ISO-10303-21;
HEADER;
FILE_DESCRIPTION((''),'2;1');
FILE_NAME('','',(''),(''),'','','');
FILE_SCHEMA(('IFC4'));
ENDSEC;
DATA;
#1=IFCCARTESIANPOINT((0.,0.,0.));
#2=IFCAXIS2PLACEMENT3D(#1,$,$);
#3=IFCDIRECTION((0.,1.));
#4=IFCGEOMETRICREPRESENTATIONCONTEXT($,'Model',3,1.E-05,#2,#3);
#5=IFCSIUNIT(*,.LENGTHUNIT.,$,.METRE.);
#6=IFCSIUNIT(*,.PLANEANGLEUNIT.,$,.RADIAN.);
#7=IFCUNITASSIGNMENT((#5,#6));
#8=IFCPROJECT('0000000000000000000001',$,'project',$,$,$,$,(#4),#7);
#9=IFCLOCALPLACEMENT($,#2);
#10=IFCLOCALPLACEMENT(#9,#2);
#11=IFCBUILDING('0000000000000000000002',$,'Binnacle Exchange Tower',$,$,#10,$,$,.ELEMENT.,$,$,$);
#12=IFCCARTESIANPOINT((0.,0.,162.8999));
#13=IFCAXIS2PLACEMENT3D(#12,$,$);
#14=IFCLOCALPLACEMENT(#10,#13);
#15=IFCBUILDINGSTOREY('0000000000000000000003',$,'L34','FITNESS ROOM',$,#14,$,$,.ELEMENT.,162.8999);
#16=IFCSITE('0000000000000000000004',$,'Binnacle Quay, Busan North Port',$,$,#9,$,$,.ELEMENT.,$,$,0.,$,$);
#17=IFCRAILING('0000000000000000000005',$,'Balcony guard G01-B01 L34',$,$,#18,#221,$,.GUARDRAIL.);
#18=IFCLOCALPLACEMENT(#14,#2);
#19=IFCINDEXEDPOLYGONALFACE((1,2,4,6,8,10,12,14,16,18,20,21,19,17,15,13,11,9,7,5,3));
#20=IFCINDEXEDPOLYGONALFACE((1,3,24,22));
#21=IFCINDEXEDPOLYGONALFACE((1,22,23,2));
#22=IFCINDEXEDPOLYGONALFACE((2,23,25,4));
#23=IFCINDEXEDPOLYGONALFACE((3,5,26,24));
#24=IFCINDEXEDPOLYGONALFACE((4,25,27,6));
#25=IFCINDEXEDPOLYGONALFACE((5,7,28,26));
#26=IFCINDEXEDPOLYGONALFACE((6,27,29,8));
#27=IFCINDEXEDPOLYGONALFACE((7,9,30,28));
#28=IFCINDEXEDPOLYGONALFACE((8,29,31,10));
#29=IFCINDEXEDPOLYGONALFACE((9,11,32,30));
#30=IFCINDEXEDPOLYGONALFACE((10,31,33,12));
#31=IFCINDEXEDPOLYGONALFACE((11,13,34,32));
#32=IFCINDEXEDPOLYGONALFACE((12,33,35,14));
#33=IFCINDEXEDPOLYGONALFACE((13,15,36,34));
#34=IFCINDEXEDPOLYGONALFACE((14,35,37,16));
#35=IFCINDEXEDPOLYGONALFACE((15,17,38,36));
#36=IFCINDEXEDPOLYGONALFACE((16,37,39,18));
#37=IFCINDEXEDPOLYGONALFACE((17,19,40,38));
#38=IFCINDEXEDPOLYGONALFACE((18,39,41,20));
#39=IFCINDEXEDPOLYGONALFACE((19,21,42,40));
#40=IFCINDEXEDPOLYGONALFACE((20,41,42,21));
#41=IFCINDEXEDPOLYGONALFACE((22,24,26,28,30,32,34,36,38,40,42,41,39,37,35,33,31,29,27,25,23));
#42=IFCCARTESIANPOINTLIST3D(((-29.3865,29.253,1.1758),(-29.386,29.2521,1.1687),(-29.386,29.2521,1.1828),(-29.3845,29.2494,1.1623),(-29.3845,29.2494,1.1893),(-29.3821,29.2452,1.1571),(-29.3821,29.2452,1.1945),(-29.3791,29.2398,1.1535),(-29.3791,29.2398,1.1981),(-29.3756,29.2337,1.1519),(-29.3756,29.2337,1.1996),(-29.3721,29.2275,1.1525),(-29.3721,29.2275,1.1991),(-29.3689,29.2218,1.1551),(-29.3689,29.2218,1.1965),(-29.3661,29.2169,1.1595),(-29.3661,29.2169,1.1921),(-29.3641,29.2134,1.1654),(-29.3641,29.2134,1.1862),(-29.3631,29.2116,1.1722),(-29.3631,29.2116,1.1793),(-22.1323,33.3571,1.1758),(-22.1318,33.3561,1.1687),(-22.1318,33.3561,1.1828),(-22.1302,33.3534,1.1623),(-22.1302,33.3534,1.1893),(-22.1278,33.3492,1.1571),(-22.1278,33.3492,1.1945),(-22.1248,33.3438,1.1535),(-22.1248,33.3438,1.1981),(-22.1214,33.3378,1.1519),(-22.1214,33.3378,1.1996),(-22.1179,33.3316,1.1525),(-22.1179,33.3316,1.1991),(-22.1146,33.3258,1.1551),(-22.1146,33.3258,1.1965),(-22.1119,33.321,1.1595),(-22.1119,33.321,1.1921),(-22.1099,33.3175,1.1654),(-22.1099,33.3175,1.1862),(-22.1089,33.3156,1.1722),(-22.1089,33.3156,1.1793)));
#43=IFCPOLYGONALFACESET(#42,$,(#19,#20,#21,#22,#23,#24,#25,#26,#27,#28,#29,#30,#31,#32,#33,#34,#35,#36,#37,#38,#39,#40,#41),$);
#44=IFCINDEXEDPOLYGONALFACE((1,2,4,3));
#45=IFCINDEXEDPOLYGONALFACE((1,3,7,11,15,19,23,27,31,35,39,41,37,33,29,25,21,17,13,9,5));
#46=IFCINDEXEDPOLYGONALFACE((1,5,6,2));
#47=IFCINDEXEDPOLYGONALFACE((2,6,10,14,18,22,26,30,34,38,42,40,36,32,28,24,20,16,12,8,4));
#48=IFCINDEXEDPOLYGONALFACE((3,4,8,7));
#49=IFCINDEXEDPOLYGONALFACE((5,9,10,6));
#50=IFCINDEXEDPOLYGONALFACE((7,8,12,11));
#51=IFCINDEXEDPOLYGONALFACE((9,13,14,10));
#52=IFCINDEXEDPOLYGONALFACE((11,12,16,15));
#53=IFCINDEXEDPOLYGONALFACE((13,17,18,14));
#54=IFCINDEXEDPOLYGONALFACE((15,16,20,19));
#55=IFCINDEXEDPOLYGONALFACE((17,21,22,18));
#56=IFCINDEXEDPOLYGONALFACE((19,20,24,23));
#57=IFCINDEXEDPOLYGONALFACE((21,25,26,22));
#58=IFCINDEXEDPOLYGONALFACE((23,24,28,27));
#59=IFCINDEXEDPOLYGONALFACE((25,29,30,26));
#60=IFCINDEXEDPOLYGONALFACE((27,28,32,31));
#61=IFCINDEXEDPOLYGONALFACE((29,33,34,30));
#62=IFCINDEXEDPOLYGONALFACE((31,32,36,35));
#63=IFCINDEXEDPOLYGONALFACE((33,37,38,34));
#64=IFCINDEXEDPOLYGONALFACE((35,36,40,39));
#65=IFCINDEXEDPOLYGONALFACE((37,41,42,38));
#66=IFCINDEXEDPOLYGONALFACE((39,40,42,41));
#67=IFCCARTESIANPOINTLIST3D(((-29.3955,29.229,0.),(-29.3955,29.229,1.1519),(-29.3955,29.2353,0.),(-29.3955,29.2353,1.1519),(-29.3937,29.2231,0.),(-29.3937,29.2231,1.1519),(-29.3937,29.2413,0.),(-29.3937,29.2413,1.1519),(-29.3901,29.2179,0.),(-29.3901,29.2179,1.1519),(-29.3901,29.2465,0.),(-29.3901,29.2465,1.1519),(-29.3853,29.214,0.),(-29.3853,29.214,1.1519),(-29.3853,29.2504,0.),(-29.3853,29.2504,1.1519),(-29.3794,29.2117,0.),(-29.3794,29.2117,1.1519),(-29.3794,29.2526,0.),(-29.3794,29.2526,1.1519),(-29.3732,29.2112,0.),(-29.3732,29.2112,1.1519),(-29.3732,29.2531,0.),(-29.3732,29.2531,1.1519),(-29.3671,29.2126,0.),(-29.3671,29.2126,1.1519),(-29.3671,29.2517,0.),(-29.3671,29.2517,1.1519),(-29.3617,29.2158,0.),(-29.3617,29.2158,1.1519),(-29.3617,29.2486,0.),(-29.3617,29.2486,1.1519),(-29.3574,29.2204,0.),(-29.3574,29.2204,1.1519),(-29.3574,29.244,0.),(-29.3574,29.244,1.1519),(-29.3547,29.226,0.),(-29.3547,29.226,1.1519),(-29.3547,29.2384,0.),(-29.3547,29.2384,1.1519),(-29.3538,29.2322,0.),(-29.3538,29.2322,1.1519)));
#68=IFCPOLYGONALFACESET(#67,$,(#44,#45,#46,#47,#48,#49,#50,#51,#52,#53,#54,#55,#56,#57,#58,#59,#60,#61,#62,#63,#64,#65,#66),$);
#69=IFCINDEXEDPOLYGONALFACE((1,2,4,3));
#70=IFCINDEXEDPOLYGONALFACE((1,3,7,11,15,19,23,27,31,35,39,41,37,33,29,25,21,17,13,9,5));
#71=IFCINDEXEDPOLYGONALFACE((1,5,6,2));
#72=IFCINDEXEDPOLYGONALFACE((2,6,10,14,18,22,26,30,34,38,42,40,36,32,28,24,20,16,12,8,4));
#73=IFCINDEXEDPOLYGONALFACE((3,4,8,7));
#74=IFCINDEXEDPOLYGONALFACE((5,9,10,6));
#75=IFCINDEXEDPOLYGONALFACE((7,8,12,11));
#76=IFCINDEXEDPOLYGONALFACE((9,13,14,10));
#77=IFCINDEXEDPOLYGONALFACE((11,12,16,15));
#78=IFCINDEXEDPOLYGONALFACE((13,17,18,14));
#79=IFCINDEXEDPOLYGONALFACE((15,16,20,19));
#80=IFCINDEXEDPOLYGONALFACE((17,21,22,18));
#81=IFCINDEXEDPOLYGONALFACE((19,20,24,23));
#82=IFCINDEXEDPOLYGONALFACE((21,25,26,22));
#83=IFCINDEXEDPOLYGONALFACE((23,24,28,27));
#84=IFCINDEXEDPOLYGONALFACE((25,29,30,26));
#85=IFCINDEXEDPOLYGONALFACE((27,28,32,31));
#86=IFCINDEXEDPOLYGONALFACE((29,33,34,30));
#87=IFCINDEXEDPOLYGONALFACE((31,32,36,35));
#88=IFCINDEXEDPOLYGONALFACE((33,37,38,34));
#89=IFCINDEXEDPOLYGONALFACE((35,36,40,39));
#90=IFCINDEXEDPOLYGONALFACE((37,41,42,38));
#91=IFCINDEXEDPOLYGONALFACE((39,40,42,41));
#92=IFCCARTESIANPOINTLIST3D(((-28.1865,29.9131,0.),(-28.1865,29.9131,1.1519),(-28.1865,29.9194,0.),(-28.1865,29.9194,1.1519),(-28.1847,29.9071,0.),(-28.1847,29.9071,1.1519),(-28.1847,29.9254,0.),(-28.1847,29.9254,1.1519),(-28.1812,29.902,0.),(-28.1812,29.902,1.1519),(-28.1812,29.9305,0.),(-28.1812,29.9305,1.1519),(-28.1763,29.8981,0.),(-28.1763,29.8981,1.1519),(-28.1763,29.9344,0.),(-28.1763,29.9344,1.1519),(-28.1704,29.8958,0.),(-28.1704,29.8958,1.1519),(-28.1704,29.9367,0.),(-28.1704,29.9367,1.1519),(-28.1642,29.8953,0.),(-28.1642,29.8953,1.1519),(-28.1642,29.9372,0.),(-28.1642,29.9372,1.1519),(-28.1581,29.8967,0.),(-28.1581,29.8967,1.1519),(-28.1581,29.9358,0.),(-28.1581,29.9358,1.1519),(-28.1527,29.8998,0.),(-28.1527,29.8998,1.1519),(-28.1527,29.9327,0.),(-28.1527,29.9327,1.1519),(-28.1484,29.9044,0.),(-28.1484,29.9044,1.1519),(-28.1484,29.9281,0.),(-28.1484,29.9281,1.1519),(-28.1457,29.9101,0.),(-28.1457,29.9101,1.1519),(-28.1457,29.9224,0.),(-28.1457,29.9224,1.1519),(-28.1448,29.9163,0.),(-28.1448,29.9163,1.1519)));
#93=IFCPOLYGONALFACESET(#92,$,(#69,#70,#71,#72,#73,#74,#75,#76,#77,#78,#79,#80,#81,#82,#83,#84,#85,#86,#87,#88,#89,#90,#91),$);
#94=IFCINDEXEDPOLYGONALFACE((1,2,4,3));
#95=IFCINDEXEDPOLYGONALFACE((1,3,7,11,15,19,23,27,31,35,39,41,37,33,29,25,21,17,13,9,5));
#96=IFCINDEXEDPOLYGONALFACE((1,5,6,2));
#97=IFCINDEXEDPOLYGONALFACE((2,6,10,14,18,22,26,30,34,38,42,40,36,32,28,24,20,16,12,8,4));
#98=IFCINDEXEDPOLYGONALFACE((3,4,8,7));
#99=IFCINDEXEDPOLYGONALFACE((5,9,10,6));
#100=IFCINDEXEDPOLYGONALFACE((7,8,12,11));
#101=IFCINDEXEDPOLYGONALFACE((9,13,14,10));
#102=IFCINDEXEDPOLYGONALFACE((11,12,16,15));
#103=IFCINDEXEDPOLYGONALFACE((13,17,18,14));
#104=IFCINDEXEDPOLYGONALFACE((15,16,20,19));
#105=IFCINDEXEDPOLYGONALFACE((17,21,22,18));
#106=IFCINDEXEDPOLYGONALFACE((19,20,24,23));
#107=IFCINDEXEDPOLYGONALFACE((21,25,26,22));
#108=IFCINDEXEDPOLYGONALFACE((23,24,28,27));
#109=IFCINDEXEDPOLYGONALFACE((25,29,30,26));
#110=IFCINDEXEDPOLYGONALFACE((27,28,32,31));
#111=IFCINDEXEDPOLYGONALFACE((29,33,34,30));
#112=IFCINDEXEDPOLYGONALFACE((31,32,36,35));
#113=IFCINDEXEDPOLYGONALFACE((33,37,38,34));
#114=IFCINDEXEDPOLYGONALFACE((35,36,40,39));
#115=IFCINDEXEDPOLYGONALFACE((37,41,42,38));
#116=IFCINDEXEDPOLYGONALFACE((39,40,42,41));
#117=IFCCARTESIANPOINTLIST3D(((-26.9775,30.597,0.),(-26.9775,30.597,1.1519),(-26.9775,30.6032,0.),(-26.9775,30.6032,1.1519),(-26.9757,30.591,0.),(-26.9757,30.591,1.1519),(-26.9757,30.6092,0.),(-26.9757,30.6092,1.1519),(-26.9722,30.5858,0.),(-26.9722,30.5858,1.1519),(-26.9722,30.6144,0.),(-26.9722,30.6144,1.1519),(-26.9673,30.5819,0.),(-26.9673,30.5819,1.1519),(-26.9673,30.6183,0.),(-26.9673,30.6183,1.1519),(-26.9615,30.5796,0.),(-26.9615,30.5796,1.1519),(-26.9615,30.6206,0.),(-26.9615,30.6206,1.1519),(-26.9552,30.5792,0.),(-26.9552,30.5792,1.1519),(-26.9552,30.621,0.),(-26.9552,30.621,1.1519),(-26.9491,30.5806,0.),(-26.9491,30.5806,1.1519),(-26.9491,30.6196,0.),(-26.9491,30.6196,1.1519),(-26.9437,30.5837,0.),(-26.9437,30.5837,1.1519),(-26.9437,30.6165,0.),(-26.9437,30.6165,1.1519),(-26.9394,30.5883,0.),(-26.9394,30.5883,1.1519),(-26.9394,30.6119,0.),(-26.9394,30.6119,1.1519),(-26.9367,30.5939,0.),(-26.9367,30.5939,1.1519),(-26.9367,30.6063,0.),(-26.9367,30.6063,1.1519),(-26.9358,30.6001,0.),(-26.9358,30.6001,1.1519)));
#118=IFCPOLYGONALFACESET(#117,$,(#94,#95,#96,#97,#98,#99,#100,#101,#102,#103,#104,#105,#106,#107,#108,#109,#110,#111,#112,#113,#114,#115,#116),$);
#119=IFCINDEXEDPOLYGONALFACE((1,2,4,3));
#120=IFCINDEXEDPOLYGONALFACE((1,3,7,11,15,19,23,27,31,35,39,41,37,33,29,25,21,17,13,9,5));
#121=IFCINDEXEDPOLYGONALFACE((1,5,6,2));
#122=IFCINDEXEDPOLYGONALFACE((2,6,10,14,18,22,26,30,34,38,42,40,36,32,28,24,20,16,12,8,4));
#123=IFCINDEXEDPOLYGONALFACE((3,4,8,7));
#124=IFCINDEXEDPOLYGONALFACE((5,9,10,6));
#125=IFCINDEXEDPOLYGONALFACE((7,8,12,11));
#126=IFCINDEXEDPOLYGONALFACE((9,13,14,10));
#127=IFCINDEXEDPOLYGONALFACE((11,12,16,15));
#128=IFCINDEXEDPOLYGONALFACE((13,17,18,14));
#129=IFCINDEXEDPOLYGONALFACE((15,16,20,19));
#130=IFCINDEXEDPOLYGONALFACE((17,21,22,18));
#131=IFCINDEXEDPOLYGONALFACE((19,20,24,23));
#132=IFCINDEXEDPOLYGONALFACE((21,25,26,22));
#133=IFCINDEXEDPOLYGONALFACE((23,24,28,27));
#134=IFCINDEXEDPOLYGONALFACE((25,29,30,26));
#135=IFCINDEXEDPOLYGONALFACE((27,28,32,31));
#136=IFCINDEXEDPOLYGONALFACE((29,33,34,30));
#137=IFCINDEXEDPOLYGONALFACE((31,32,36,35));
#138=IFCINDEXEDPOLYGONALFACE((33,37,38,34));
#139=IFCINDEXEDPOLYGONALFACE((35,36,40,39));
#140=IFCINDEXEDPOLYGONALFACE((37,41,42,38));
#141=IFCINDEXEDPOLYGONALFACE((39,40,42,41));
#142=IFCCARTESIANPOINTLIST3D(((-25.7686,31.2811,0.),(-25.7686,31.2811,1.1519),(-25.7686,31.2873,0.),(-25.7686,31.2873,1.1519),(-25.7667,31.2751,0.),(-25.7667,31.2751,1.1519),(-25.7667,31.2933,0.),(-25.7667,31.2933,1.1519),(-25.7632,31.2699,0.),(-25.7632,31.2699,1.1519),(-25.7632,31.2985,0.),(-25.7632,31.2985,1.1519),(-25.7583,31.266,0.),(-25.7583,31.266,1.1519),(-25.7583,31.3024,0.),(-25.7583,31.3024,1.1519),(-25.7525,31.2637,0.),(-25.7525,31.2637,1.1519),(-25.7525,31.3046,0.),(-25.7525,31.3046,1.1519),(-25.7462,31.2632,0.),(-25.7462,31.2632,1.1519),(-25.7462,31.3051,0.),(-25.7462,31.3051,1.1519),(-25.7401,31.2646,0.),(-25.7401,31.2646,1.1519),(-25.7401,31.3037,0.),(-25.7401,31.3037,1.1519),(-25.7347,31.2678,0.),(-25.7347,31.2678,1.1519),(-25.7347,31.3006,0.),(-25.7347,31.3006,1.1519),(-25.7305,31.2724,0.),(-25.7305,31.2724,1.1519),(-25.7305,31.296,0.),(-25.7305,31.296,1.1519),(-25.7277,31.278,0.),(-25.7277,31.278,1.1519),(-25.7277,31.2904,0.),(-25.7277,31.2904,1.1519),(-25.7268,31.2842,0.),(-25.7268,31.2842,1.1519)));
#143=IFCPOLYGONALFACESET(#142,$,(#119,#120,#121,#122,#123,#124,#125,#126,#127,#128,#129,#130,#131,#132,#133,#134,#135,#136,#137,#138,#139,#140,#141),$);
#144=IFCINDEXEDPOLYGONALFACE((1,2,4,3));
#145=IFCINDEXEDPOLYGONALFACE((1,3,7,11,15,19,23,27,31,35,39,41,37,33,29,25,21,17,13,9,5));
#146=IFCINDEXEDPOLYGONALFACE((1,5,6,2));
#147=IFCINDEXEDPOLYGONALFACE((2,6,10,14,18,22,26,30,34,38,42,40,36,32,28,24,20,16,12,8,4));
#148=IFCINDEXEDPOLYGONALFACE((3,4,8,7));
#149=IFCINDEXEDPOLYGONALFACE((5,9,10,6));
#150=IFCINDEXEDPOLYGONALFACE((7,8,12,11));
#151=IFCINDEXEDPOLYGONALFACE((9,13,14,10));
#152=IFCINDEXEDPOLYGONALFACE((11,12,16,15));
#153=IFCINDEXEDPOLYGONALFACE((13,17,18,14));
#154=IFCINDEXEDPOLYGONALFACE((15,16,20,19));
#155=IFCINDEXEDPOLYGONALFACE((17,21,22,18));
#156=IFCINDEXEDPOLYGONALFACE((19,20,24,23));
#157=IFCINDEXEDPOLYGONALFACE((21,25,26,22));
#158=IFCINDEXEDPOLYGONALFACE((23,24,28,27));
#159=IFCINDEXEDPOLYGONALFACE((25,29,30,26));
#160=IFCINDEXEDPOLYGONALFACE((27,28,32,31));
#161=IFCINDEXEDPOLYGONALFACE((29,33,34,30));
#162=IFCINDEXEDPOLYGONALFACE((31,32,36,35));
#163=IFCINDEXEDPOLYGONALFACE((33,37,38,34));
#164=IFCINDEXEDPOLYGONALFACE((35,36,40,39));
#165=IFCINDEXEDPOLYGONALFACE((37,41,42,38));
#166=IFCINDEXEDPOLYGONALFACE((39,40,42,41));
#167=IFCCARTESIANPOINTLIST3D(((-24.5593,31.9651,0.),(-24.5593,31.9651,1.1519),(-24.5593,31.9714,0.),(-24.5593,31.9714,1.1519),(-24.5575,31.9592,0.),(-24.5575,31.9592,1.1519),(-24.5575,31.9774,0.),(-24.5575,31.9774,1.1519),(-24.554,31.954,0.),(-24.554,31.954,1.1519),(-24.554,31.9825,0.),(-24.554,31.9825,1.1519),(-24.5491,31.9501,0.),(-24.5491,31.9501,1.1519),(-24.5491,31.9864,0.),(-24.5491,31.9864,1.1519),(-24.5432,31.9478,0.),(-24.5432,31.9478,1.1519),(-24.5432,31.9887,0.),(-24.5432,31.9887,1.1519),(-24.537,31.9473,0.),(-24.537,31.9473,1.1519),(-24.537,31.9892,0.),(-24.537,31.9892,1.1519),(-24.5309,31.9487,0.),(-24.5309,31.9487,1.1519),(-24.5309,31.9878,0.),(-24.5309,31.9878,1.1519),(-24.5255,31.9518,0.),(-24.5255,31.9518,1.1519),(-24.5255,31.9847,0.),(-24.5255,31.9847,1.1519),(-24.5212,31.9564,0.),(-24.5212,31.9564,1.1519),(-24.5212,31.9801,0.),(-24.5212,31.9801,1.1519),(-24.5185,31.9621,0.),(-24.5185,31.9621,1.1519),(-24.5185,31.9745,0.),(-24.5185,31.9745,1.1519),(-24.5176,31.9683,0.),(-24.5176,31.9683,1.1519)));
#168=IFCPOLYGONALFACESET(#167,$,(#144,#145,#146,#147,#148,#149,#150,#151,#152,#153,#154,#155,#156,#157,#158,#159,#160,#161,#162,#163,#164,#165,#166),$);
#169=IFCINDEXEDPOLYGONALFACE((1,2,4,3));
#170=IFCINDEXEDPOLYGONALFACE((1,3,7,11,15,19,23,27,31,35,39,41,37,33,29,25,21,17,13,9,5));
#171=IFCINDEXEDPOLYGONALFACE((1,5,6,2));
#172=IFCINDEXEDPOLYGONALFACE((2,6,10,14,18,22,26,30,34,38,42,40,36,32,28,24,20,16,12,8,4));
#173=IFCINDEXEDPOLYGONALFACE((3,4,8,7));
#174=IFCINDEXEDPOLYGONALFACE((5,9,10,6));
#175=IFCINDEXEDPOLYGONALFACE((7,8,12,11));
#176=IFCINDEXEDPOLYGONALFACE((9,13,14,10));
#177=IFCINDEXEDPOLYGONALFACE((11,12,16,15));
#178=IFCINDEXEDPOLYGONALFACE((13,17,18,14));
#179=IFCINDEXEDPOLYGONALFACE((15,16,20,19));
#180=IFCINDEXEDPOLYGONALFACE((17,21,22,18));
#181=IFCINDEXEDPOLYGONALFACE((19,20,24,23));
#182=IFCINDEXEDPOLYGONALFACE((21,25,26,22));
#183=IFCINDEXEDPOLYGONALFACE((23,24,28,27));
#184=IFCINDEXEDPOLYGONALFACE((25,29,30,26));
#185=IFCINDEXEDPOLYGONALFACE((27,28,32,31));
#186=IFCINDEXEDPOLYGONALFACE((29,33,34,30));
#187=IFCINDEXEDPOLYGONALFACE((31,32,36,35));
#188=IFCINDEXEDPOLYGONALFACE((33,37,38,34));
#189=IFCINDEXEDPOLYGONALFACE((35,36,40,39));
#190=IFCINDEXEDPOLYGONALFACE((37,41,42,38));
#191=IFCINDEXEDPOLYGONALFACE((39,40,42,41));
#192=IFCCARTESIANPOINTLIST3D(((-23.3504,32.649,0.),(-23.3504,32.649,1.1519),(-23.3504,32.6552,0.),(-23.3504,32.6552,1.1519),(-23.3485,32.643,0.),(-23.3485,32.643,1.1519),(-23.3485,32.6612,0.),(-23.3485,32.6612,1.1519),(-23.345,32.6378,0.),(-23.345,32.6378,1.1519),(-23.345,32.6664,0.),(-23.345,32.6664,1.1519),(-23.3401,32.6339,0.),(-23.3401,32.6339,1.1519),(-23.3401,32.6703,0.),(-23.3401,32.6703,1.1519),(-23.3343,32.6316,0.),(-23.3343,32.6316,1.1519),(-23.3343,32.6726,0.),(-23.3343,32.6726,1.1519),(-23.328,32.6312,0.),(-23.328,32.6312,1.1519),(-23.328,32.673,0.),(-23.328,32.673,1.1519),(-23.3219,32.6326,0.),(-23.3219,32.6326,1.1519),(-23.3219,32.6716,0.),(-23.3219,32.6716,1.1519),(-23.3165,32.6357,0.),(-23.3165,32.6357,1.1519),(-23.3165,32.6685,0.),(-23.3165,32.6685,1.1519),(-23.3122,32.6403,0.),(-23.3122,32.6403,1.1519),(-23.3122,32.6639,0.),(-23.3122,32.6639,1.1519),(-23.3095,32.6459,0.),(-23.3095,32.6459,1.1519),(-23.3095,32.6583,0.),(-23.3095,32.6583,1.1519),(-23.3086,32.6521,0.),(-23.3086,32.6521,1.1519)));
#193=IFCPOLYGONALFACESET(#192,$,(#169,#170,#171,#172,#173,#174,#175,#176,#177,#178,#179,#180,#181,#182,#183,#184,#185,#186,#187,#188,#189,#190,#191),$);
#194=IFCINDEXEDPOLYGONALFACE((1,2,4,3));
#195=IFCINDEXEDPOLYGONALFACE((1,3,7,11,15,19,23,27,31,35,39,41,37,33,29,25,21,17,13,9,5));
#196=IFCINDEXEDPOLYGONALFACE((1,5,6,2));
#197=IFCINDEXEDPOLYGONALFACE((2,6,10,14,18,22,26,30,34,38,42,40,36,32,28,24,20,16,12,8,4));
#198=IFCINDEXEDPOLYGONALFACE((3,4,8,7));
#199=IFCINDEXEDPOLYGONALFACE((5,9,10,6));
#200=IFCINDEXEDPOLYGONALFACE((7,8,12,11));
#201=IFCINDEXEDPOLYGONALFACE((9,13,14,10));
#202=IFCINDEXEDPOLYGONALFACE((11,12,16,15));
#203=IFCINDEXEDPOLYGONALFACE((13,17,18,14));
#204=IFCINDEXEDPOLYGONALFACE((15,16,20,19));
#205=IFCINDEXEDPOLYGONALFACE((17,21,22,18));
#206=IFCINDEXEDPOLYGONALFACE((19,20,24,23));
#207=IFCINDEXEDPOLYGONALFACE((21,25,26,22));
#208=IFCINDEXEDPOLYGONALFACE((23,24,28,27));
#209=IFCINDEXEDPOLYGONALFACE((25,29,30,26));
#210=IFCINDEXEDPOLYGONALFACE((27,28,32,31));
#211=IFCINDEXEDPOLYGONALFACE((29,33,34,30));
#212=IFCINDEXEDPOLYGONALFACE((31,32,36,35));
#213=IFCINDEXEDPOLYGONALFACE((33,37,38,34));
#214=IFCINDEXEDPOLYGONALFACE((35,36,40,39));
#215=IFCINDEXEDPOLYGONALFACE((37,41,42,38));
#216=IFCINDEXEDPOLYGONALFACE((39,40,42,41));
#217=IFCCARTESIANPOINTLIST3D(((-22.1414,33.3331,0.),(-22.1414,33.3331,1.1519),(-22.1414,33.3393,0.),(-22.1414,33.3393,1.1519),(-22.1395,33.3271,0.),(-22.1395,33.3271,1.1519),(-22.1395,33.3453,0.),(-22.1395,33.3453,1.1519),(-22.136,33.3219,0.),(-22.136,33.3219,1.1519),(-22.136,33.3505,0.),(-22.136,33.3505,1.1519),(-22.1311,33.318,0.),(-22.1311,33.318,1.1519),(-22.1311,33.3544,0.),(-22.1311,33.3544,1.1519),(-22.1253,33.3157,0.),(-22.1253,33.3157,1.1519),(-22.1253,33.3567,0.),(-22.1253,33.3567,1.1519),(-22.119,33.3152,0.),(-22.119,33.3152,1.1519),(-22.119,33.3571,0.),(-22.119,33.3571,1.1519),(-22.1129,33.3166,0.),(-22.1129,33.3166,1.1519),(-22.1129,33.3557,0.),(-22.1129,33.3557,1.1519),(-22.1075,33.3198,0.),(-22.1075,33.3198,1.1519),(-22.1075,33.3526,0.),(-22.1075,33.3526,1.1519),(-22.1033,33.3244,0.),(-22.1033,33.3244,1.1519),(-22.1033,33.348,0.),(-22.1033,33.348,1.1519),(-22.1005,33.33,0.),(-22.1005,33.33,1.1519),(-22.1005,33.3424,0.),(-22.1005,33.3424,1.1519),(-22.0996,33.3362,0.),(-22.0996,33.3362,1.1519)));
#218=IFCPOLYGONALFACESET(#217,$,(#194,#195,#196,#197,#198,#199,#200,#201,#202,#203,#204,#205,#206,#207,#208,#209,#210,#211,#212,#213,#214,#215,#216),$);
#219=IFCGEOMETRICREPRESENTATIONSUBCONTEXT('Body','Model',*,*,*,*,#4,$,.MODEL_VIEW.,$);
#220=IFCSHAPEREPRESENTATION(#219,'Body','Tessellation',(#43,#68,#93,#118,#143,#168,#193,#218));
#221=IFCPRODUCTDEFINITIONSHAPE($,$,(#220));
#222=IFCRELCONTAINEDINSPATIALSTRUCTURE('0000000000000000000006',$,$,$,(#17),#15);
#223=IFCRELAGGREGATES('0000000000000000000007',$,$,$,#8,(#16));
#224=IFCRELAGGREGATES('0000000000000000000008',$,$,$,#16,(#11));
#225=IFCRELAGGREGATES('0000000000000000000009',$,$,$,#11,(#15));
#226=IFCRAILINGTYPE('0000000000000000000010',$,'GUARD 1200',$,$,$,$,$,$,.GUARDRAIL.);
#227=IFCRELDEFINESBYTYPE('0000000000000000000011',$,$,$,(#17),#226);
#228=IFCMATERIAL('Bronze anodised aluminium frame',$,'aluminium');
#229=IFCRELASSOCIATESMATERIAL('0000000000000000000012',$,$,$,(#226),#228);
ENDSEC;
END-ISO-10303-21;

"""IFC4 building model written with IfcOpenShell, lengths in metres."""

from ifc_helpers import new_model, si_unit, direction, frame, origin, origin_2d, place, context, subcontext, project, spatial, circle, extrude, material, type_object, element, save


model = new_model("IFC4")

# Units and contexts
model_context = context("Model", 3, precision=1e-05, world=origin(), true_north=direction((0.0, 1.0)))
body_context = subcontext(model_context, "Body", "Model", "MODEL_VIEW")
ifc_project = project(units=[si_unit("LENGTHUNIT", "METRE"), si_unit("PLANEANGLEUNIT", "RADIAN")], contexts=[model_context])

# Site, building, storey
site_placement = place(None, origin())
site = spatial("IfcSite", under=ifc_project, at=site_placement, Name="Binnacle Quay, Busan North Port", CompositionType="ELEMENT", RefElevation=0.0)
building_placement = place(site_placement, origin())
building = spatial("IfcBuilding", under=site, at=building_placement, Name="Binnacle Exchange Tower", CompositionType="ELEMENT")
storey_placement = place(building_placement, frame((0.0, 0.0, 162.8999)))
storey = spatial("IfcBuildingStorey", under=building, at=storey_placement, Name="L34", Description="FITNESS ROOM", CompositionType="ELEMENT", Elevation=162.8999)

# Railing
ifc_material_1 = material(Name="Bronze anodised aluminium frame", Category="aluminium")
railing_type_1 = type_object("IfcRailingType", Name="GUARD 1200", PredefinedType="GUARDRAIL", material=ifc_material_1)
railing_1_placement = place(storey_placement, frame((-29.3748, 29.2322, 0.0)))
element("IfcRailing", 1, at=railing_1_placement, inside=storey, type_object=railing_type_1, Name="Balcony guard G01-B01 L34", PredefinedType="GUARDRAIL", context=body_context, shape_type="SweptSolid", body=[
    extrude(circle(Radius=0.0239, at=origin_2d()), frame((0.0, 0.0, 1.1758), z_axis=(0.870366, 0.492406, 0.0), x_axis=(-0.492406, 0.870366, 0.0)), (0.0, 0.0, 1.0), 8.3347),
    extrude(circle(Radius=0.021, at=origin_2d()), origin(), (0.0, 0.0, 1.0), 1.1519),
    extrude(circle(Radius=0.021, at=origin_2d()), frame((1.209, 0.6841, 0.0)), (0.0, 0.0, 1.0), 1.1519),
    extrude(circle(Radius=0.021, at=origin_2d()), frame((2.418, 1.3679, 0.0)), (0.0, 0.0, 1.0), 1.1519),
    extrude(circle(Radius=0.021, at=origin_2d()), frame((3.627, 2.052, 0.0)), (0.0, 0.0, 1.0), 1.1519),
    extrude(circle(Radius=0.021, at=origin_2d()), frame((4.8362, 2.7361, 0.0)), (0.0, 0.0, 1.0), 1.1519),
    extrude(circle(Radius=0.021, at=origin_2d()), frame((6.0452, 3.4199, 0.0)), (0.0, 0.0, 1.0), 1.1519),
    extrude(circle(Radius=0.021, at=origin_2d()), frame((7.2542, 4.104, 0.0)), (0.0, 0.0, 1.0), 1.1519),
])

save(model, "model.ifc")
